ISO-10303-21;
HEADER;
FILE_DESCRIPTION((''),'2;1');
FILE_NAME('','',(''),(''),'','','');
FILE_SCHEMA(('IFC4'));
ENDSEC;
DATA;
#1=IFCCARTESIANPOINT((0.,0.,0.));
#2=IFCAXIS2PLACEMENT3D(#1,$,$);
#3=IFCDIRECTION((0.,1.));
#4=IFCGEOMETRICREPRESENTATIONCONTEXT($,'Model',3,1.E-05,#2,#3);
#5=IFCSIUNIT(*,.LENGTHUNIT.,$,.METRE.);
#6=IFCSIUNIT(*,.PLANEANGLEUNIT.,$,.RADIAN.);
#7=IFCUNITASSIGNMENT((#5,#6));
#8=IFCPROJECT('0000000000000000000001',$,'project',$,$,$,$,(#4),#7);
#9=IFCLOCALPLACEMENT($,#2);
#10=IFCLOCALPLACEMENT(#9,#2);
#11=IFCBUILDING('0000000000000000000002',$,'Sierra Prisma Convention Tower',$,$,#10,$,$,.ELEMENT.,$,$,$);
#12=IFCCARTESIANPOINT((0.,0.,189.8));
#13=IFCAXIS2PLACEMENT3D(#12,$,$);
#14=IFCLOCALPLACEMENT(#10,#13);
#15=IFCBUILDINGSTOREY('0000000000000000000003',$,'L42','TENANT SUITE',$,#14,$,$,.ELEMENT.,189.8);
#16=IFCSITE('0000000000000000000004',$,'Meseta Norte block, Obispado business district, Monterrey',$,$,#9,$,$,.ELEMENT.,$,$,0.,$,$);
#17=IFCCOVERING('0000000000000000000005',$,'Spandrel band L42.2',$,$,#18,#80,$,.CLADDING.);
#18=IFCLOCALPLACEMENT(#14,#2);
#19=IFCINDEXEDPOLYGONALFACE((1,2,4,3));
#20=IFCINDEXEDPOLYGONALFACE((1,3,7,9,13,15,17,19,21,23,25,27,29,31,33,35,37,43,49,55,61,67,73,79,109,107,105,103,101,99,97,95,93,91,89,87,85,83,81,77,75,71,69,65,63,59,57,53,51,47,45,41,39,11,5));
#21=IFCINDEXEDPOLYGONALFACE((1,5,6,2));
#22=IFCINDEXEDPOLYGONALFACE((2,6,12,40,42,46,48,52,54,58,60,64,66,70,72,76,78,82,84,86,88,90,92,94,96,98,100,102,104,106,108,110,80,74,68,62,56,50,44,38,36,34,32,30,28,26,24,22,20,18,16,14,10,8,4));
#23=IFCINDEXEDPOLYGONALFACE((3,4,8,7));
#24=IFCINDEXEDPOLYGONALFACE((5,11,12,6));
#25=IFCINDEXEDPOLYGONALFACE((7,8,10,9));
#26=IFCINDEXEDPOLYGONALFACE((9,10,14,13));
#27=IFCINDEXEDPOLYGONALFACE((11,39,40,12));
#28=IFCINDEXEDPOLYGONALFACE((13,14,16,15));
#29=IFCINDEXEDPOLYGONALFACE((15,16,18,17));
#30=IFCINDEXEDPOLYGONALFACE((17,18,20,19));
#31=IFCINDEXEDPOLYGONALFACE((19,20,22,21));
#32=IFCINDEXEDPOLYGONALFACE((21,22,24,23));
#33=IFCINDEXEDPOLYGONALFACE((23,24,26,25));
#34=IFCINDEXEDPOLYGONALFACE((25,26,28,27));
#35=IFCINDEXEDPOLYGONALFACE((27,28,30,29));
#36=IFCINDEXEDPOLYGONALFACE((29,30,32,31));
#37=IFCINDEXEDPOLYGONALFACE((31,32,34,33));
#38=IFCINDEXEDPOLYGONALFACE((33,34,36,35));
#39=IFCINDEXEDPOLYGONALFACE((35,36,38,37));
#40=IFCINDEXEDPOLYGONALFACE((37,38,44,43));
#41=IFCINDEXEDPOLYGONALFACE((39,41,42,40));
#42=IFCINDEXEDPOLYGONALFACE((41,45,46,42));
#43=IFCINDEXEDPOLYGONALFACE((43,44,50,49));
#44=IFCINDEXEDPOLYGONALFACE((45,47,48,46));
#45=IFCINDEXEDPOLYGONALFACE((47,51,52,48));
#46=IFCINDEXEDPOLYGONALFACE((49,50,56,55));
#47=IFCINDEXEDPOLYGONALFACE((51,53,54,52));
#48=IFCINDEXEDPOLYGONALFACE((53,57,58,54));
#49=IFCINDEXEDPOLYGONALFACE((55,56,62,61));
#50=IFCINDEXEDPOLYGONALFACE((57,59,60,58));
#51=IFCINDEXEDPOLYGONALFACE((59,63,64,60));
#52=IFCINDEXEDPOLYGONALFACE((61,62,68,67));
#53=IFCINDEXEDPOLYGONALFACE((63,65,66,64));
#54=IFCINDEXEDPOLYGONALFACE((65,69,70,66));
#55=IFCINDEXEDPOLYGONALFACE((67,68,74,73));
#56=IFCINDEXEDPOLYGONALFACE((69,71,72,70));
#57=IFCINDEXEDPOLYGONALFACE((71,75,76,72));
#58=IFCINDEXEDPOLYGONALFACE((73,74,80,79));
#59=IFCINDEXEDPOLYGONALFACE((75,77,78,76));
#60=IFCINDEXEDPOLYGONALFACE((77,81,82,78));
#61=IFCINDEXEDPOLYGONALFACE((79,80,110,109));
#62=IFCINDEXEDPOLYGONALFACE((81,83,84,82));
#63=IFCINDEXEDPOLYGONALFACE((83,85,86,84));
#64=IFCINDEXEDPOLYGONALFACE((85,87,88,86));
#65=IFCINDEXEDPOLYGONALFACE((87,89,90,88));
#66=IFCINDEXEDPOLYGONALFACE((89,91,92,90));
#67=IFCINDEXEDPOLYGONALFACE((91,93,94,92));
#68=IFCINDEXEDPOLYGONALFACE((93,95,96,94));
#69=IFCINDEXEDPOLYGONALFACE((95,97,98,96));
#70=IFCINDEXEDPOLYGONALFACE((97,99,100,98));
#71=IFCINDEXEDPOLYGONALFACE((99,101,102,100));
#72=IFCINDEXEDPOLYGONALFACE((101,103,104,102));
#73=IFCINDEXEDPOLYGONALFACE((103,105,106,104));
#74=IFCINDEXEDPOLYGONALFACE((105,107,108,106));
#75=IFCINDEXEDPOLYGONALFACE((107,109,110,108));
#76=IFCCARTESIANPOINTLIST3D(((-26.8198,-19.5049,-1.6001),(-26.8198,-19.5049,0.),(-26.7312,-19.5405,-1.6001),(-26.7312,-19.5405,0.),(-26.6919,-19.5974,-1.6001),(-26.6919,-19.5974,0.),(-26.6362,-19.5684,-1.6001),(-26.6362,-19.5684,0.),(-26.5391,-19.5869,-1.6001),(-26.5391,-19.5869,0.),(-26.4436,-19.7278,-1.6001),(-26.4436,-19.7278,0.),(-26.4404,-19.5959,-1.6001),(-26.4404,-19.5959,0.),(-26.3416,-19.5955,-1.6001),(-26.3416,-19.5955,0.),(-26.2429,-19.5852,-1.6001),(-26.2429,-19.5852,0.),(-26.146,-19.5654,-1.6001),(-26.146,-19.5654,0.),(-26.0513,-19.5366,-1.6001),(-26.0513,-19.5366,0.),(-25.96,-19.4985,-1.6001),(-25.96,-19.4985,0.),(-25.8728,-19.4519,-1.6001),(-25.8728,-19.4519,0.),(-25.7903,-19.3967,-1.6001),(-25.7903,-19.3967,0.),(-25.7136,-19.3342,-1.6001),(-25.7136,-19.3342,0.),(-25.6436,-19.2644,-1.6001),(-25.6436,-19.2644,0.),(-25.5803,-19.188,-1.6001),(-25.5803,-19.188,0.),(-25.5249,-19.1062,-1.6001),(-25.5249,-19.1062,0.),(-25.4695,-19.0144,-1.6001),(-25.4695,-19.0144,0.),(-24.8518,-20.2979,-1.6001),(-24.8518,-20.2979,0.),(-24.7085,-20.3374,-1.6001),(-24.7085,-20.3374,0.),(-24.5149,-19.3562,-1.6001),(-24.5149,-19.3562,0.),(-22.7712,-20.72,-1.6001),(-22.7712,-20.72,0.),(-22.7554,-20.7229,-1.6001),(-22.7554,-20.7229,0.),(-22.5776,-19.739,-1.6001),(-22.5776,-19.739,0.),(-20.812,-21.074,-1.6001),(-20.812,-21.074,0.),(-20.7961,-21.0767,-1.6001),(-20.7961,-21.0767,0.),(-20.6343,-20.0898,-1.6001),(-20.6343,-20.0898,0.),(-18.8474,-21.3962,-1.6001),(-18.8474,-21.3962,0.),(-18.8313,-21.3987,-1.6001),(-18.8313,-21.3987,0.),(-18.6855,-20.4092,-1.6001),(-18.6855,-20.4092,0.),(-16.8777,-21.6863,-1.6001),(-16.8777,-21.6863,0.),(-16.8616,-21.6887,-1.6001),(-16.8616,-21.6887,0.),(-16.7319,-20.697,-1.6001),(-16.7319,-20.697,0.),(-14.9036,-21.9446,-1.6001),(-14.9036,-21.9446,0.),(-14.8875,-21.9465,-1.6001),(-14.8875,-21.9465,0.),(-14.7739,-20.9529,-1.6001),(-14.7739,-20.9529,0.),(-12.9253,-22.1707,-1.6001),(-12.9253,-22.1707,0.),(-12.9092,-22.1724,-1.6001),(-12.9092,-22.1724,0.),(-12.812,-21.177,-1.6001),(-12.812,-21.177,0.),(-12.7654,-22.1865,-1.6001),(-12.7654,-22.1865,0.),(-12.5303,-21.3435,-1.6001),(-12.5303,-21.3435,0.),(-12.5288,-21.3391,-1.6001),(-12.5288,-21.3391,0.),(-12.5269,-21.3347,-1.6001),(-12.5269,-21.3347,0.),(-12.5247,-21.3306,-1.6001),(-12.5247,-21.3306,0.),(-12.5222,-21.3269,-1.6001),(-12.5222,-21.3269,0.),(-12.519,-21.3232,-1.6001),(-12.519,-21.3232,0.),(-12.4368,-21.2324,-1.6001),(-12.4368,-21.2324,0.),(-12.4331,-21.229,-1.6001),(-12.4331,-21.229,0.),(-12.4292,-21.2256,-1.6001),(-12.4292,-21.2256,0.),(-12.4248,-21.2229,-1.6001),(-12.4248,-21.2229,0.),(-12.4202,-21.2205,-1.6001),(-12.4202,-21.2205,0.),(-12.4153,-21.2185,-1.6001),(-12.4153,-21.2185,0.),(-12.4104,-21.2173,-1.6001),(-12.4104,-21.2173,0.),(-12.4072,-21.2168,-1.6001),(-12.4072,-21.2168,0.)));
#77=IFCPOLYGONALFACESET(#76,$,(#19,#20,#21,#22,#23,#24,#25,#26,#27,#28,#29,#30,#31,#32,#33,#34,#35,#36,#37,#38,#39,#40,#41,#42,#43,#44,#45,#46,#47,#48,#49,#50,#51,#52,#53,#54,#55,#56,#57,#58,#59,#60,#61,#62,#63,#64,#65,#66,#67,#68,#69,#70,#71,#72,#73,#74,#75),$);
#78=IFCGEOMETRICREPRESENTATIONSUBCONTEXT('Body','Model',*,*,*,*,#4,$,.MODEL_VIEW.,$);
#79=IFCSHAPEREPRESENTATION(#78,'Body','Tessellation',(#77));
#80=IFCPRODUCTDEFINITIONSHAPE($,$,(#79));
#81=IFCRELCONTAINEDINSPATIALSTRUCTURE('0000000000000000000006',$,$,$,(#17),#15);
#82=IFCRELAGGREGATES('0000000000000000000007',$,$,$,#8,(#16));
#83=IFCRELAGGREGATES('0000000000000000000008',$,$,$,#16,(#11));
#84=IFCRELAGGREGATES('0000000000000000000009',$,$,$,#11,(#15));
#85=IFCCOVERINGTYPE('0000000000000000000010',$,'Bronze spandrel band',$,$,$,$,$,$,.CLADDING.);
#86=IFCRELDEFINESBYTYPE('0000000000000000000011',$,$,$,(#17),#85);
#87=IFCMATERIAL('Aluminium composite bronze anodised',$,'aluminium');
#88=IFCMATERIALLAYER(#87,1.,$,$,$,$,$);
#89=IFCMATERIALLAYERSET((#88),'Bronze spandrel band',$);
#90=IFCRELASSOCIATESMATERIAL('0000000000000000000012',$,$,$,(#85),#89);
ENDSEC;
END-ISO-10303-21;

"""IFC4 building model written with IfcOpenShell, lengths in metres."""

from ifc_helpers import new_model, si_unit, direction, frame, origin, place, context, subcontext, project, spatial, polyline, outline, extrude, material, layer, layer_set, type_object, element, save


model = new_model("IFC4")

# Units and contexts
model_context = context("Model", 3, precision=1e-05, world=origin(), true_north=direction((0.0, 1.0)))
body_context = subcontext(model_context, "Body", "Model", "MODEL_VIEW")
ifc_project = project(units=[si_unit("LENGTHUNIT", "METRE"), si_unit("PLANEANGLEUNIT", "RADIAN")], contexts=[model_context])

# Site, building, storey
site_placement = place(None, origin())
site = spatial("IfcSite", under=ifc_project, at=site_placement, Name="Meseta Norte block, Obispado business district, Monterrey", CompositionType="ELEMENT", RefElevation=0.0)
building_placement = place(site_placement, origin())
building = spatial("IfcBuilding", under=site, at=building_placement, Name="Sierra Prisma Convention Tower", CompositionType="ELEMENT")
storey_placement = place(building_placement, frame((0.0, 0.0, 189.8)))
storey = spatial("IfcBuildingStorey", under=building, at=storey_placement, Name="L42", Description="TENANT SUITE", CompositionType="ELEMENT", Elevation=189.8)

# Covering
ifc_material_1 = material(Name="Aluminium composite bronze anodised", Category="aluminium")
ifc_layer_1 = layer(ifc_material_1, 1.0)
ifc_layer_set_1 = layer_set([ifc_layer_1], Name="Bronze spandrel band")
covering_type_1 = type_object("IfcCoveringType", Name="Bronze spandrel band", PredefinedType="CLADDING", material=ifc_layer_set_1)
covering_1_placement = place(storey_placement, frame((0.0, 0.0, -1.6001)))
element("IfcCovering", 1, at=covering_1_placement, inside=storey, type_object=covering_type_1, Name="Spandrel band L42.2", PredefinedType="CLADDING", context=body_context, shape_type="SweptSolid", body=[
    extrude(outline(polyline([(-24.5149, -19.3562), (-22.5776, -19.739), (-20.6343, -20.0898), (-18.6855, -20.4092), (-16.7319, -20.697), (-14.7739, -20.9529), (-12.812, -21.177), (-12.4072, -21.2168), (-12.4104, -21.2173), (-12.4153, -21.2185), (-12.4202, -21.2205), (-12.4248, -21.2229), (-12.4292, -21.2256), (-12.4331, -21.229), (-12.4368, -21.2324), (-12.519, -21.3232), (-12.5222, -21.3269), (-12.5247, -21.3306), (-12.5269, -21.3347), (-12.5288, -21.3391), (-12.5303, -21.3435), (-12.7654, -22.1865), (-12.9092, -22.1724), (-12.9253, -22.1707), (-14.8875, -21.9465), (-14.9036, -21.9446), (-16.8616, -21.6887), (-16.8777, -21.6863), (-18.8313, -21.3987), (-18.8474, -21.3962), (-20.7961, -21.0767), (-20.812, -21.074), (-22.7554, -20.7229), (-22.7712, -20.72), (-24.7085, -20.3374), (-24.8518, -20.2979), (-26.4436, -19.7278), (-26.6919, -19.5974), (-26.8198, -19.5049), (-26.7312, -19.5405), (-26.6362, -19.5684), (-26.5391, -19.5869), (-26.4404, -19.5959), (-26.3416, -19.5955), (-26.2429, -19.5852), (-26.146, -19.5654), (-26.0513, -19.5366), (-25.96, -19.4985), (-25.8728, -19.4519), (-25.7903, -19.3967), (-25.7136, -19.3342), (-25.6436, -19.2644), (-25.5803, -19.188), (-25.5249, -19.1062), (-25.4695, -19.0144), (-24.5149, -19.3562)])), origin(), (0.0, 0.0, 1.0), 1.6001),
])

save(model, "model.ifc")
